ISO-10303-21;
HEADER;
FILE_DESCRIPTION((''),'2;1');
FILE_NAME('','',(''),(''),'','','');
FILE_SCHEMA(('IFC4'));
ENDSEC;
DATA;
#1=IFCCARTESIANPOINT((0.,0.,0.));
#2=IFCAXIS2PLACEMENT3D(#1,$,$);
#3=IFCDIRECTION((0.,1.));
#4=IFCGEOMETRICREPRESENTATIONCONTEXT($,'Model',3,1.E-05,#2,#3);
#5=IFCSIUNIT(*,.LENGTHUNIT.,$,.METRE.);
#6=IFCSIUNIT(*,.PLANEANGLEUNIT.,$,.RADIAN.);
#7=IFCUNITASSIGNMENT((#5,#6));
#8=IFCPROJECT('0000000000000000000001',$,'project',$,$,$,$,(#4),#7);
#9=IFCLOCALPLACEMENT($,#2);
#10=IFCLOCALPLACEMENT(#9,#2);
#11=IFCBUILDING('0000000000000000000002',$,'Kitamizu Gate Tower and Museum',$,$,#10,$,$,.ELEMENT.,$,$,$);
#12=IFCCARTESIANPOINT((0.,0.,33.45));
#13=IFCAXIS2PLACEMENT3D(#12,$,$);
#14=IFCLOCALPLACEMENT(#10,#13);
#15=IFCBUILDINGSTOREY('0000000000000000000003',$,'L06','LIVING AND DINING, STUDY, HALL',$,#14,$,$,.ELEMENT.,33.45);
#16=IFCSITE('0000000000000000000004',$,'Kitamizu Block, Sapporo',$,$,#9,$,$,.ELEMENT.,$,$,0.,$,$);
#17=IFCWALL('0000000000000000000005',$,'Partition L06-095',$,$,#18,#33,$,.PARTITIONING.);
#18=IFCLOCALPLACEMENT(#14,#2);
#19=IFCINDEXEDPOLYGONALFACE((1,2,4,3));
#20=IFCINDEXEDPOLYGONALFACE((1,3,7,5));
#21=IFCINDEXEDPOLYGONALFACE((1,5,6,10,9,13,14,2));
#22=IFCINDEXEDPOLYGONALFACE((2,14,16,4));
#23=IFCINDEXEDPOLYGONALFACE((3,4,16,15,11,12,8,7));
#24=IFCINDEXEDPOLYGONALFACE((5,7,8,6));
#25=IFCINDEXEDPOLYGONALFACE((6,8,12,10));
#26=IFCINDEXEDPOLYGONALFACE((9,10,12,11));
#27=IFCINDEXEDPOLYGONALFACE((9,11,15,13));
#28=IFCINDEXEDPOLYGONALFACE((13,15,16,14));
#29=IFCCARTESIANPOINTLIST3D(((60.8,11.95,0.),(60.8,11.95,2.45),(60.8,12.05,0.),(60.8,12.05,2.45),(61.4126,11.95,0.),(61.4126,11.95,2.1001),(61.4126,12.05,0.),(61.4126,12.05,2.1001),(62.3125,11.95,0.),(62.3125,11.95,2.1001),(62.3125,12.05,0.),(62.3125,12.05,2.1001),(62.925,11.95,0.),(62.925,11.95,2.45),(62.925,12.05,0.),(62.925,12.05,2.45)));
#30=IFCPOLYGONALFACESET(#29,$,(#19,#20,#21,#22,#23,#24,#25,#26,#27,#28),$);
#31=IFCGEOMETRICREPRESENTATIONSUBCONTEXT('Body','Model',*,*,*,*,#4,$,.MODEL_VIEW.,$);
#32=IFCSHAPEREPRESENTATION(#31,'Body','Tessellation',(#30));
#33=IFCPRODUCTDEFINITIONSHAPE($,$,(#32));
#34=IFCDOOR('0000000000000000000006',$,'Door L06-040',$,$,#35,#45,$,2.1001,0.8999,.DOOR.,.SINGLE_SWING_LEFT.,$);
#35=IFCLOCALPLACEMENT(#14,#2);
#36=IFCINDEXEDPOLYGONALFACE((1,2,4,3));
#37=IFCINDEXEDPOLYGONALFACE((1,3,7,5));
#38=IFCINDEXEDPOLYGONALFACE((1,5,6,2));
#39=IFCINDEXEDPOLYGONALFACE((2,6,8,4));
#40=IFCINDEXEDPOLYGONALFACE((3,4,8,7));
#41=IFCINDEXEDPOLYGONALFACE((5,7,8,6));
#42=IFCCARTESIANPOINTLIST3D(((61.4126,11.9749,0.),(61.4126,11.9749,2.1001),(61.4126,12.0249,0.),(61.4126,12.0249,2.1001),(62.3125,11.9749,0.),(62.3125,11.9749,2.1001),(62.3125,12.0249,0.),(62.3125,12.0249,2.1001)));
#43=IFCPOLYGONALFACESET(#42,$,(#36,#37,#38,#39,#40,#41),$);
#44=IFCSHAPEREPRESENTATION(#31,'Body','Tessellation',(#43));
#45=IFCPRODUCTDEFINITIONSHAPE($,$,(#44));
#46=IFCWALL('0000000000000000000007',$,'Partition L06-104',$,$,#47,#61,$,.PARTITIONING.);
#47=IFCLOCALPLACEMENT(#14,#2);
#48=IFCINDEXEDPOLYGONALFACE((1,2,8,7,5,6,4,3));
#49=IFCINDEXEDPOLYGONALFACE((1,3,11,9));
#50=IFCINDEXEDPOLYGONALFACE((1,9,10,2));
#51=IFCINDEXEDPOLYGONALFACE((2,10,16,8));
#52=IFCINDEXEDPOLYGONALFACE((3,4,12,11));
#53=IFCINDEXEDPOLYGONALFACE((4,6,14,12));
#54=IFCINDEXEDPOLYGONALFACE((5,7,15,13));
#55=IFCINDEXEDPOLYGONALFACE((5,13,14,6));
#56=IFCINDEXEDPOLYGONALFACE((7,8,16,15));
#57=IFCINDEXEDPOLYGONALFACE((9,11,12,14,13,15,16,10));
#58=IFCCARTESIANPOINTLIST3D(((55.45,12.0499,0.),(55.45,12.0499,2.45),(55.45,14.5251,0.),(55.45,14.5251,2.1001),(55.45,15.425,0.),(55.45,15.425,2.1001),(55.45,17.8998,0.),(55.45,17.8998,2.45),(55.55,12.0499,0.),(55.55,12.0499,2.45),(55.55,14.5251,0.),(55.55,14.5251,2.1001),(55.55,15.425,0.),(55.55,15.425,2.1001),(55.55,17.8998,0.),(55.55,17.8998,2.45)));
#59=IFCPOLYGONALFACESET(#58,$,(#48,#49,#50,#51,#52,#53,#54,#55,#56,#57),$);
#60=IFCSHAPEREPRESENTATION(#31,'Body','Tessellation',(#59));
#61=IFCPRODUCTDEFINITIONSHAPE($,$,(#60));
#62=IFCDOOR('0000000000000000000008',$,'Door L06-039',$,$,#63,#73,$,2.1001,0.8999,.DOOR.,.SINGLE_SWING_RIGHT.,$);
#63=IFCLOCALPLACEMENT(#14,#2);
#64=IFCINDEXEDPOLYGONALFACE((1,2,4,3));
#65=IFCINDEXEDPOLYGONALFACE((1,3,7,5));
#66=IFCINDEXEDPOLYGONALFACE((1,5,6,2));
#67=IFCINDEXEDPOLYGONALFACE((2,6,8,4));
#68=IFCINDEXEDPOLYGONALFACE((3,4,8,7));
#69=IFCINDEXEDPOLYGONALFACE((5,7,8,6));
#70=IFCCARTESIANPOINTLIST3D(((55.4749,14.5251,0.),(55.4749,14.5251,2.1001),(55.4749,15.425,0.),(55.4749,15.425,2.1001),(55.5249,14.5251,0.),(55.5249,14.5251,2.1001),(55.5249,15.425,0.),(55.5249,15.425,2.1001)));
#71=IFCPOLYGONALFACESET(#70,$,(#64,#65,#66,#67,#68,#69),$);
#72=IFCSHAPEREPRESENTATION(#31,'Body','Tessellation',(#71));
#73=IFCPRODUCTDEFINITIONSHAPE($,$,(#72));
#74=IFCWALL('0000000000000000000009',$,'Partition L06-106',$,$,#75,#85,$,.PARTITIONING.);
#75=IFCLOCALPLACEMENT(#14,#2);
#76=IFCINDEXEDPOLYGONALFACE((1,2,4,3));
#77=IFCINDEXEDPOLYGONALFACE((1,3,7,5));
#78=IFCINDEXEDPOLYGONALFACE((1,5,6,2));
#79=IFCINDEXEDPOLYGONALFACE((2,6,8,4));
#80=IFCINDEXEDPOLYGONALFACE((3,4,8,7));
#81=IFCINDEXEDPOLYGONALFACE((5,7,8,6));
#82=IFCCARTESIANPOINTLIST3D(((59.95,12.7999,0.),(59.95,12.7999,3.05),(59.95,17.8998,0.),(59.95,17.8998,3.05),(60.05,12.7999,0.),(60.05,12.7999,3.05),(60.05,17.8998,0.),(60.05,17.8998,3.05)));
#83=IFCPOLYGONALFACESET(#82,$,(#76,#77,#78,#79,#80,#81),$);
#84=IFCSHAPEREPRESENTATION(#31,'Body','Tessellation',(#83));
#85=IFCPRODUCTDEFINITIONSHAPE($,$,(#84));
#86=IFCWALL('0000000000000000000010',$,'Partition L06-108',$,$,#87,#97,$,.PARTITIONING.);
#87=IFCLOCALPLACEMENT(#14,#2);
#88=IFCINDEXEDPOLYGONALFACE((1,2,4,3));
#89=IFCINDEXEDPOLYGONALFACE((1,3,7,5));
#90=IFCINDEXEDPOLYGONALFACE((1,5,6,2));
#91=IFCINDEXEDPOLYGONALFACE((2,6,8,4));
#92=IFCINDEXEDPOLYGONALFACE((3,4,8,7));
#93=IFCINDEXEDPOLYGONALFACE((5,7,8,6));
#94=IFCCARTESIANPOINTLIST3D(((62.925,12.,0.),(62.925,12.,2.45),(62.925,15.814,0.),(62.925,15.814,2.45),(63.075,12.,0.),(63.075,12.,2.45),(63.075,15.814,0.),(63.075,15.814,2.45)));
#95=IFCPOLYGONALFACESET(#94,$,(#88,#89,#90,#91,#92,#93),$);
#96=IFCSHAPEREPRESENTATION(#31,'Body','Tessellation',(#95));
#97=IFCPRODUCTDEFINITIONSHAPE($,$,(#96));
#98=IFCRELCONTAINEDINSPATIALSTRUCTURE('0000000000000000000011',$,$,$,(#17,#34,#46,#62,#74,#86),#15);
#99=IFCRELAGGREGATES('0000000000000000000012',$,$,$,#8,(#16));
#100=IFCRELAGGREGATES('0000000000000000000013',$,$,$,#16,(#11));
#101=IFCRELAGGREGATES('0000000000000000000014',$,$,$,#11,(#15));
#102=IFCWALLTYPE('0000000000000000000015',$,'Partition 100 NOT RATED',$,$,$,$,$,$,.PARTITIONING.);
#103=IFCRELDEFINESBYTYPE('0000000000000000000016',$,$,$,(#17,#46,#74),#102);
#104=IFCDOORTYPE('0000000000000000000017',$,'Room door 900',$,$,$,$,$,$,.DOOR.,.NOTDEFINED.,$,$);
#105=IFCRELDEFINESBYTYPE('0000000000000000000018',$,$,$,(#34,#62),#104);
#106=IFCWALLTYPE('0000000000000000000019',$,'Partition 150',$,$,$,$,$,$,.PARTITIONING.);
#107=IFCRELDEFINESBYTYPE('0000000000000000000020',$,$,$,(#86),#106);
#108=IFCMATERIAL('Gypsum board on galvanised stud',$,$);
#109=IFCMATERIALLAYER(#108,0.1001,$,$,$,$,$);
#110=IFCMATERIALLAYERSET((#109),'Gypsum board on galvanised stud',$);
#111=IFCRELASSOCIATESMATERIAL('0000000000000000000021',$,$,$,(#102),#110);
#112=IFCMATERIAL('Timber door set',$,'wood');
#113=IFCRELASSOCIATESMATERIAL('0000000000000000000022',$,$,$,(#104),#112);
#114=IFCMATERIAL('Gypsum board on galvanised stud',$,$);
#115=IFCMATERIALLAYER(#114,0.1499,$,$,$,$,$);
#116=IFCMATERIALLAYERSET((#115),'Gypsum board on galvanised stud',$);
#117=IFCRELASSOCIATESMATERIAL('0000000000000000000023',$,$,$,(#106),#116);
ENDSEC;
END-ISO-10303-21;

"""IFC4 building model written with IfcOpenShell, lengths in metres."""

from ifc_helpers import new_model, si_unit, direction, frame, frame_2d, origin, place, context, subcontext, project, spatial, rectangle, extrude, material, layer, layer_set, type_object, element, fill, save


model = new_model("IFC4")

# Units and contexts
model_context = context("Model", 3, precision=1e-05, world=origin(), true_north=direction((0.0, 1.0)))
body_context = subcontext(model_context, "Body", "Model", "MODEL_VIEW")
ifc_project = project(units=[si_unit("LENGTHUNIT", "METRE"), si_unit("PLANEANGLEUNIT", "RADIAN")], contexts=[model_context])

# Site, building, storey
site_placement = place(None, origin())
site = spatial("IfcSite", under=ifc_project, at=site_placement, Name="Kitamizu Block, Sapporo", CompositionType="ELEMENT", RefElevation=0.0)
building_placement = place(site_placement, origin())
building = spatial("IfcBuilding", under=site, at=building_placement, Name="Kitamizu Gate Tower and Museum", CompositionType="ELEMENT")
storey_placement = place(building_placement, frame((0.0, 0.0, 33.45)))
storey = spatial("IfcBuildingStorey", under=building, at=storey_placement, Name="L06", Description="LIVING AND DINING, STUDY, HALL", CompositionType="ELEMENT", Elevation=33.45)

# Shared definitions
ifc_material_1 = material(Name="Gypsum board on galvanised stud")
ifc_layer_1 = layer(ifc_material_1, 0.1001)
ifc_layer_set_1 = layer_set([ifc_layer_1], Name="Gypsum board on galvanised stud")
wall_type_1 = type_object("IfcWallType", Name="Partition 100 NOT RATED", PredefinedType="PARTITIONING", material=ifc_layer_set_1)
ifc_material_2 = material(Name="Timber door set", Category="wood")
door_type = type_object("IfcDoorType", Name="Room door 900", OperationType="NOTDEFINED", PredefinedType="DOOR", material=ifc_material_2)

# Walls, openings, doors
wall_1_placement = place(storey_placement, frame((62.925, 12.0, 0.0), z_axis=(0.0, 0.0, 1.0), x_axis=(-1.0, 0.0, 0.0)))
wall_1 = element("IfcWall", 1, at=wall_1_placement, inside=storey, type_object=wall_type_1, Name="Partition L06-095", PredefinedType="PARTITIONING", context=body_context, shape_type="SweptSolid", body=[
    extrude(rectangle(XDim=2.125, YDim=0.1001, at=frame_2d((1.0625, 0.0))), origin(), (0.0, 0.0, 1.0), 2.45),
])
opening_1_placement = place(wall_1_placement, frame((0.6125, 0.0, 0.0)))
opening_1 = element("IfcOpeningElement", 2, at=opening_1_placement, cuts=wall_1, PredefinedType="OPENING", context=body_context, shape_type="SweptSolid", body=[
    extrude(rectangle(XDim=0.8999, YDim=2.1001, at=frame_2d((0.45, 1.05))), frame((0.0, 0.0601, 0.0), z_axis=(0.0, -1.0, 0.0), x_axis=(1.0, 0.0, 0.0)), (0.0, 0.0, 1.0), 0.1201),
])
door_1_placement = place(opening_1_placement, frame((0.8999, 0.0, 0.0), x_axis=(-1.0, 0.0, 0.0)))
door_1 = element("IfcDoor", 3, at=door_1_placement, inside=storey, type_object=door_type, Name="Door L06-040", OperationType="SINGLE_SWING_LEFT", OverallHeight=2.1001, OverallWidth=0.8999, PredefinedType="DOOR", context=body_context, shape_type="SweptSolid", body=[
    extrude(rectangle(XDim=0.8999, YDim=2.1001, at=frame_2d((0.45, 1.05))), frame((0.0, 0.0249, 0.0), z_axis=(0.0, -1.0, 0.0), x_axis=(1.0, 0.0, 0.0)), (0.0, 0.0, 1.0), 0.05),
])
fill(opening_1, door_1)
wall_2_placement = place(storey_placement, frame((55.5, 12.05, 0.0), z_axis=(0.0, 0.0, 1.0), x_axis=(0.0, 1.0, 0.0)))
wall_2 = element("IfcWall", 4, at=wall_2_placement, inside=storey, type_object=wall_type_1, Name="Partition L06-104", PredefinedType="PARTITIONING", context=body_context, shape_type="SweptSolid", body=[
    extrude(rectangle(XDim=5.8499, YDim=0.1001, at=frame_2d((2.9248, 0.0))), origin(), (0.0, 0.0, 1.0), 2.45),
])
opening_2_placement = place(wall_2_placement, frame((2.4751, 0.0, 0.0)))
opening_2 = element("IfcOpeningElement", 5, at=opening_2_placement, cuts=wall_2, PredefinedType="OPENING", context=body_context, shape_type="SweptSolid", body=[
    extrude(rectangle(XDim=0.8999, YDim=2.1001, at=frame_2d((0.45, 1.05))), frame((0.0, 0.0601, 0.0), z_axis=(0.0, -1.0, 0.0), x_axis=(1.0, 0.0, 0.0)), (0.0, 0.0, 1.0), 0.1201),
])
door_2_placement = place(opening_2_placement, frame((0.8999, 0.0, 0.0), x_axis=(-1.0, 0.0, 0.0)))
door_2 = element("IfcDoor", 6, at=door_2_placement, inside=storey, type_object=door_type, Name="Door L06-039", OperationType="SINGLE_SWING_RIGHT", OverallHeight=2.1001, OverallWidth=0.8999, PredefinedType="DOOR", context=body_context, shape_type="SweptSolid", body=[
    extrude(rectangle(XDim=0.8999, YDim=2.1001, at=frame_2d((0.45, 1.05))), frame((0.0, 0.0249, 0.0), z_axis=(0.0, -1.0, 0.0), x_axis=(1.0, 0.0, 0.0)), (0.0, 0.0, 1.0), 0.05),
])
fill(opening_2, door_2)

# Walls
wall_3_placement = place(storey_placement, frame((60.0, 12.8, 0.0), z_axis=(0.0, 0.0, 1.0), x_axis=(0.0, 1.0, 0.0)))
element("IfcWall", 7, at=wall_3_placement, inside=storey, type_object=wall_type_1, Name="Partition L06-106", PredefinedType="PARTITIONING", context=body_context, shape_type="SweptSolid", body=[
    extrude(rectangle(XDim=5.0999, YDim=0.1001, at=frame_2d((2.5498, 0.0))), origin(), (0.0, 0.0, 1.0), 3.05),
])
ifc_material_3 = material(Name="Gypsum board on galvanised stud")
ifc_layer_2 = layer(ifc_material_3, 0.1499)
ifc_layer_set_2 = layer_set([ifc_layer_2], Name="Gypsum board on galvanised stud")
wall_type_2 = type_object("IfcWallType", Name="Partition 150", PredefinedType="PARTITIONING", material=ifc_layer_set_2)
wall_4_placement = place(storey_placement, frame((63.0, 12.0, 0.0), z_axis=(0.0, 0.0, 1.0), x_axis=(0.0, 1.0, 0.0)))
element("IfcWall", 8, at=wall_4_placement, inside=storey, type_object=wall_type_2, Name="Partition L06-108", PredefinedType="PARTITIONING", context=body_context, shape_type="SweptSolid", body=[
    extrude(rectangle(XDim=3.814, YDim=0.1499, at=frame_2d((1.907, 0.0))), origin(), (0.0, 0.0, 1.0), 2.45),
])

save(model, "model.ifc")
